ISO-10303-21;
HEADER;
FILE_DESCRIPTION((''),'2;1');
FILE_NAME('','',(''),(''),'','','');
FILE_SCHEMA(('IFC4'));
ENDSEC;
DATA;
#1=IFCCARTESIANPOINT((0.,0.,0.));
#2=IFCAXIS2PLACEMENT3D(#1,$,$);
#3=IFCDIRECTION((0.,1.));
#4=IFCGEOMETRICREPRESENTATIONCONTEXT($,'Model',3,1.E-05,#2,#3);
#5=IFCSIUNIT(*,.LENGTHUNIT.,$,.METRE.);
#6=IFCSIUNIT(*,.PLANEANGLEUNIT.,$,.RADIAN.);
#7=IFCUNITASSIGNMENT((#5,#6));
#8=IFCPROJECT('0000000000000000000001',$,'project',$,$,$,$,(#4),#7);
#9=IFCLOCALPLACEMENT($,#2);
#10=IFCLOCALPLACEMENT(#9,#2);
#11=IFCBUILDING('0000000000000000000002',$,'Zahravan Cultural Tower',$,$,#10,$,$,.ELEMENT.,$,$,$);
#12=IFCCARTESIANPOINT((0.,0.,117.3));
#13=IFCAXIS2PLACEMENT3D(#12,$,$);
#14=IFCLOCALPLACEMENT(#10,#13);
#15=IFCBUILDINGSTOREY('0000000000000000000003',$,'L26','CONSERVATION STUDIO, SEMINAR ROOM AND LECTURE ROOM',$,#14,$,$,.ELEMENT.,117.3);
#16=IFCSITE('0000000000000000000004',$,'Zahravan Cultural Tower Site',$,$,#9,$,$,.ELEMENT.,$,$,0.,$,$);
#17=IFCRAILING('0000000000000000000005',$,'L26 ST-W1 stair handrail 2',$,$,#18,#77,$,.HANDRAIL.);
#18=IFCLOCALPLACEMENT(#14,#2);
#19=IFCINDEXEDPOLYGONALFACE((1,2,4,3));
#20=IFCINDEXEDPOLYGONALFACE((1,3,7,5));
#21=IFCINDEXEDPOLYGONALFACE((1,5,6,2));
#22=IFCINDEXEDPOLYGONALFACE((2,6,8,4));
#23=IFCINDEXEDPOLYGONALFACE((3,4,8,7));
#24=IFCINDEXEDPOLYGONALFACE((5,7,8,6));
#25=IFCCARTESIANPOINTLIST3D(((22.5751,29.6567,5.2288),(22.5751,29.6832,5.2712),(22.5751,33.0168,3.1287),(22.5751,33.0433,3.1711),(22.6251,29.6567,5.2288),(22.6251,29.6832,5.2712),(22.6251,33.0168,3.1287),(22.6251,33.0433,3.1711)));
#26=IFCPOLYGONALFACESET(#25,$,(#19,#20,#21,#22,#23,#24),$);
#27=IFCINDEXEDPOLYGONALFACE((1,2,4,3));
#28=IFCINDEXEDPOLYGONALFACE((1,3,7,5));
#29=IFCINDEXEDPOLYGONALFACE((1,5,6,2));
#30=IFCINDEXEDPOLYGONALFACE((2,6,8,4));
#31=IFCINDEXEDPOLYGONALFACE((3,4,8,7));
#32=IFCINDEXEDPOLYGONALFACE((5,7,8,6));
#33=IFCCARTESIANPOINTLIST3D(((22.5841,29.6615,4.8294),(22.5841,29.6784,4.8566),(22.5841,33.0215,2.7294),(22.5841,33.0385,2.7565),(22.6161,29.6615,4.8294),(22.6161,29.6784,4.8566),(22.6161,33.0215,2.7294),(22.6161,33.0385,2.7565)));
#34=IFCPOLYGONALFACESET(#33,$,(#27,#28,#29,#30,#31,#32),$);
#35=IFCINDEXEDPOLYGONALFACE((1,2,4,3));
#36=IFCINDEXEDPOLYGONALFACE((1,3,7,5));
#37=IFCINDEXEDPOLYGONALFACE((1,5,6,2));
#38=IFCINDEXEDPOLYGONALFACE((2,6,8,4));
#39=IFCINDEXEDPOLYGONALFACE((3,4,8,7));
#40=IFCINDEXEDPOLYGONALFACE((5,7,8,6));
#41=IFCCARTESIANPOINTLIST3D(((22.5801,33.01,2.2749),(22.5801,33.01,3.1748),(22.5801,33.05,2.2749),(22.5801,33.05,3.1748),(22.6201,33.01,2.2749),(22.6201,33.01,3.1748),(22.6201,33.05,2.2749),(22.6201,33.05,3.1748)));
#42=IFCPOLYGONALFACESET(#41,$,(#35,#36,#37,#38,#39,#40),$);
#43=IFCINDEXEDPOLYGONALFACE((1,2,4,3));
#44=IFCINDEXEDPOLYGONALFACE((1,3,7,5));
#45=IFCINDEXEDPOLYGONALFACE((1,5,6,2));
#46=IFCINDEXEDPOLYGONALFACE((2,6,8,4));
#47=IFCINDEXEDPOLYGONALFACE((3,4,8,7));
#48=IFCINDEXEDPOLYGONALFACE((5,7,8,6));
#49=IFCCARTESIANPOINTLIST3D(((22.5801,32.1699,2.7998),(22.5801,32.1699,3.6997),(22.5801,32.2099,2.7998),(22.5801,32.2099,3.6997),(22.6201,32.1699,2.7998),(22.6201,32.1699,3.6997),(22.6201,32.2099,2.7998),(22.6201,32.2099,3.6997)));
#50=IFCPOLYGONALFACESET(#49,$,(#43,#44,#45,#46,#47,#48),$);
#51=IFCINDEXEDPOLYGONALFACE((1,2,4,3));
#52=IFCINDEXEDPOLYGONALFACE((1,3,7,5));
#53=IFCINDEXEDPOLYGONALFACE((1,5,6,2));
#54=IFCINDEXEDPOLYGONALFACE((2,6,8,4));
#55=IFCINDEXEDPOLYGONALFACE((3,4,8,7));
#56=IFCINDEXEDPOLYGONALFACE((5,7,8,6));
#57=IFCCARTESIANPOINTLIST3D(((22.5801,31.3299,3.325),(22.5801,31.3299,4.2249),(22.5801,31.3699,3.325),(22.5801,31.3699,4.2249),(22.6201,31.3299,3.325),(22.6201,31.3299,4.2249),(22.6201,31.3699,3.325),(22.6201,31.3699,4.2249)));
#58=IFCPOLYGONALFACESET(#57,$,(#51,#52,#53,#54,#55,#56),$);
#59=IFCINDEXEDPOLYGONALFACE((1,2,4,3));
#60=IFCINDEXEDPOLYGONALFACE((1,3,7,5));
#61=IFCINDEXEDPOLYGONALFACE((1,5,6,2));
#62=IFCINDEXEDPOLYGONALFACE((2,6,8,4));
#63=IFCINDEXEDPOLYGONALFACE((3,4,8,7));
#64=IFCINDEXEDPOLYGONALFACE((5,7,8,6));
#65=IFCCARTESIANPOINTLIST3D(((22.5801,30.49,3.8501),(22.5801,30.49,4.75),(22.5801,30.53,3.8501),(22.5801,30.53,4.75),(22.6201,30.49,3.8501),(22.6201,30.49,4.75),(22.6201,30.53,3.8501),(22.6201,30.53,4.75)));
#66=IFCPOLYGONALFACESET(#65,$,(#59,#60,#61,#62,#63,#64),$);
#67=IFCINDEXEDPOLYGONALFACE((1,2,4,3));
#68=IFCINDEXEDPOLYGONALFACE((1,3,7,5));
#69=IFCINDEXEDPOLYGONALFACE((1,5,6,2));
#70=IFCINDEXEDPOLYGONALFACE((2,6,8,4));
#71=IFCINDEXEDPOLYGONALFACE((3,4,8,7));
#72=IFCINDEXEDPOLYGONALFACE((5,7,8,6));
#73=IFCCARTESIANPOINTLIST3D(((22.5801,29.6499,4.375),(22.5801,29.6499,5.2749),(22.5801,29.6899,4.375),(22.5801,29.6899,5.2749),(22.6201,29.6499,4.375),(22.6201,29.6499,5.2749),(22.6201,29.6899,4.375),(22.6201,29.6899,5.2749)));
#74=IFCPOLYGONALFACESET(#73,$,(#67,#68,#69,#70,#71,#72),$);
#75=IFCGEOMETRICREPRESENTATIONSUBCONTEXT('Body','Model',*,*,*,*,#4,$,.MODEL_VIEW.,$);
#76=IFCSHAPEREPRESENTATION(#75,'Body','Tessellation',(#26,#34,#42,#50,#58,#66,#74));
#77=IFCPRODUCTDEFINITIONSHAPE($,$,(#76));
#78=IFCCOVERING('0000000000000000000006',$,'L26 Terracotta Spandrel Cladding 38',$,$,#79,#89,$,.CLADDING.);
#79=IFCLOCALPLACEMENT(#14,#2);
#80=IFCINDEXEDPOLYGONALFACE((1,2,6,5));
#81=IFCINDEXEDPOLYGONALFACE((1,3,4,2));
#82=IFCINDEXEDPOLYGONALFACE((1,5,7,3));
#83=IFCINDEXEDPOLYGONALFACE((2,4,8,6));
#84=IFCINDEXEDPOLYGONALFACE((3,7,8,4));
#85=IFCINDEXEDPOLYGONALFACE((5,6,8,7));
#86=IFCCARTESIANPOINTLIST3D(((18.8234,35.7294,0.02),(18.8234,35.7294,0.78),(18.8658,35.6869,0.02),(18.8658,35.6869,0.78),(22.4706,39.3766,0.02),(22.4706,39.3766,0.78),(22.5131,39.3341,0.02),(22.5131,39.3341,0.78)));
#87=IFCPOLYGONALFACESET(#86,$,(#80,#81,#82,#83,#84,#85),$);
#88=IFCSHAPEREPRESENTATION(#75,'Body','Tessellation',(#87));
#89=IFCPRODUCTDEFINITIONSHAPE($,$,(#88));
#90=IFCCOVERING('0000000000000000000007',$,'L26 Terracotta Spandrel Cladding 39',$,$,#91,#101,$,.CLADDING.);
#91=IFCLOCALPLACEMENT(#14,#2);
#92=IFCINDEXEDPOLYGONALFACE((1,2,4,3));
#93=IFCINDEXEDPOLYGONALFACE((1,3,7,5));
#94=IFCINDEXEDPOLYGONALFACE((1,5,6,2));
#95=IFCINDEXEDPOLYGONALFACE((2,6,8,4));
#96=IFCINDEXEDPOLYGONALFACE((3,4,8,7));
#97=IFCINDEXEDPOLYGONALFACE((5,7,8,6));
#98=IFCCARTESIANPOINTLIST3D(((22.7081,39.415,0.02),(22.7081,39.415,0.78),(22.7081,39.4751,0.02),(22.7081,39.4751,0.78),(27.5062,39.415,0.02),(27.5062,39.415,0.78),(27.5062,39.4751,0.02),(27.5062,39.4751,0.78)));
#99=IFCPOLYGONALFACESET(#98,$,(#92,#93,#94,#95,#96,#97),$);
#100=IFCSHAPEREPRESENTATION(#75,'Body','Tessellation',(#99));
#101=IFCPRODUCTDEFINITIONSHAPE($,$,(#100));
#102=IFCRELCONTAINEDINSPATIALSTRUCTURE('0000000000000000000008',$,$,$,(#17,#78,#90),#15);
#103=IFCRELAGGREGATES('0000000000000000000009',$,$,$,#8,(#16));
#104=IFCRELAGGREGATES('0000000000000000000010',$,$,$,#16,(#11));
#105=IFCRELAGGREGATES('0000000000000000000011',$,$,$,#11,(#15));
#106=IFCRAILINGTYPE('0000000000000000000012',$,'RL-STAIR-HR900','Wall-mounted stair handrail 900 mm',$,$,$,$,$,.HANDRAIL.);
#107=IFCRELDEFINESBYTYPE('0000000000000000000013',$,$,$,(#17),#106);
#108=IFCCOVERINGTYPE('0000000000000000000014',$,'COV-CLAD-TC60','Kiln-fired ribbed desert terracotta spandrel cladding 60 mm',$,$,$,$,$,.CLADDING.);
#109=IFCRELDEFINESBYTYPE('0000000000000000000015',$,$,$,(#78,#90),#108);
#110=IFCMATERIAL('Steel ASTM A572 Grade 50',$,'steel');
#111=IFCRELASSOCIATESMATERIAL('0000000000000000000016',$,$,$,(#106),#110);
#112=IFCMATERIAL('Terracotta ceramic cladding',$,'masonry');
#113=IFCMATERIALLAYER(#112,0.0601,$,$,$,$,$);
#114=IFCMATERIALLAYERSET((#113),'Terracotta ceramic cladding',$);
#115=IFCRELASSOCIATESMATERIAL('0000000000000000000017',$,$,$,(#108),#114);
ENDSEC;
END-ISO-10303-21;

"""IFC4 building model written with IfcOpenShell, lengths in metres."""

from ifc_helpers import new_model, si_unit, direction, frame, origin, origin_2d, place, context, subcontext, project, spatial, rectangle, extrude, source, transform, mapped, material, layer, layer_set, type_object, element, save


model = new_model("IFC4")

# Units and contexts
model_context = context("Model", 3, precision=1e-05, world=origin(), true_north=direction((0.0, 1.0)))
body_context = subcontext(model_context, "Body", "Model", "MODEL_VIEW")
ifc_project = project(units=[si_unit("LENGTHUNIT", "METRE"), si_unit("PLANEANGLEUNIT", "RADIAN")], contexts=[model_context])

# Site, building, storey
site_placement = place(None, origin())
site = spatial("IfcSite", under=ifc_project, at=site_placement, Name="Zahravan Cultural Tower Site", CompositionType="ELEMENT", RefElevation=0.0)
building_placement = place(site_placement, origin())
building = spatial("IfcBuilding", under=site, at=building_placement, Name="Zahravan Cultural Tower", CompositionType="ELEMENT")
storey_placement = place(building_placement, frame((0.0, 0.0, 117.3)))
storey = spatial("IfcBuildingStorey", under=building, at=storey_placement, Name="L26", Description="CONSERVATION STUDIO, SEMINAR ROOM AND LECTURE ROOM", CompositionType="ELEMENT", Elevation=117.3)

# Railing
ifc_material_1 = material(Name="Steel ASTM A572 Grade 50", Category="steel")
railing_type_1 = type_object("IfcRailingType", Name="RL-STAIR-HR900", Description="Wall-mounted stair handrail 900 mm", PredefinedType="HANDRAIL", material=ifc_material_1)
railing_1_placement = place(storey_placement, frame((22.6001, 33.03, 2.2749)))
element("IfcRailing", 1, at=railing_1_placement, inside=storey, type_object=railing_type_1, Name="L26 ST-W1 stair handrail 2", PredefinedType="HANDRAIL", context=body_context, shape_type="SweptSolid", body=[
    extrude(rectangle(XDim=0.05, YDim=0.05, at=origin_2d()), frame((0.0, 0.0, 0.875), z_axis=(0.0, -0.847995, 0.530004), x_axis=(1.0, 0.0, 0.0)), (0.0, 0.0, 1.0), 3.9624),
    extrude(rectangle(XDim=0.032, YDim=0.032, at=origin_2d()), frame((0.0, 0.0, 0.468), z_axis=(0.0, -0.847995, 0.530004), x_axis=(1.0, 0.0, 0.0)), (0.0, 0.0, 1.0), 3.9624),
    extrude(rectangle(XDim=0.04, YDim=0.04, at=origin_2d()), origin(), (0.0, 0.0, 1.0), 0.8999),
    extrude(rectangle(XDim=0.04, YDim=0.04, at=origin_2d()), frame((0.0, -0.8401, 0.5249)), (0.0, 0.0, 1.0), 0.8999),
    extrude(rectangle(XDim=0.04, YDim=0.04, at=origin_2d()), frame((0.0, -1.6802, 1.05)), (0.0, 0.0, 1.0), 0.8999),
    extrude(rectangle(XDim=0.04, YDim=0.04, at=origin_2d()), frame((0.0, -2.52, 1.5752)), (0.0, 0.0, 1.0), 0.8999),
    extrude(rectangle(XDim=0.04, YDim=0.04, at=origin_2d()), frame((0.0, -3.3601, 2.1001)), (0.0, 0.0, 1.0), 0.8999),
])

# Coverings
ifc_material_2 = material(Name="Terracotta ceramic cladding", Category="masonry")
ifc_layer_1 = layer(ifc_material_2, 0.0601)
ifc_layer_set_1 = layer_set([ifc_layer_1], Name="Terracotta ceramic cladding")
covering_type = type_object("IfcCoveringType", Name="COV-CLAD-TC60", Description="Kiln-fired ribbed desert terracotta spandrel cladding 60 mm", PredefinedType="CLADDING", material=ifc_layer_set_1)
shared_shape_1 = source(origin(), body_context, "Body", "SweptSolid", [
    extrude(rectangle(XDim=5.158, YDim=0.0601, at=origin_2d()), origin(), (0.0, 0.0, 1.0), 0.76),
])
covering_1_placement = place(storey_placement, frame((20.6682, 37.5317, 0.02), z_axis=(0.0, 0.0, 1.0), x_axis=(0.707107, 0.707107, 0.0)))
element("IfcCovering", 2, at=covering_1_placement, inside=storey, type_object=covering_type, Name="L26 Terracotta Spandrel Cladding 38", PredefinedType="CLADDING", context=body_context, shape_type="MappedRepresentation", body=[
    mapped(shared_shape_1, transform((0.0, 0.0, 0.0), x_axis=(1.0, 0.0, 0.0), y_axis=(0.0, 1.0, 0.0), z_axis=(0.0, 0.0, 1.0), scale=1.0)),
])
shared_shape_2 = source(origin(), body_context, "Body", "SweptSolid", [
    extrude(rectangle(XDim=4.7981, YDim=0.0601, at=origin_2d()), origin(), (0.0, 0.0, 1.0), 0.76),
])
covering_2_placement = place(storey_placement, frame((25.1072, 39.4451, 0.02), z_axis=(0.0, 0.0, 1.0), x_axis=(1.0, 0.0, 0.0)))
element("IfcCovering", 3, at=covering_2_placement, inside=storey, type_object=covering_type, Name="L26 Terracotta Spandrel Cladding 39", PredefinedType="CLADDING", context=body_context, shape_type="MappedRepresentation", body=[
    mapped(shared_shape_2, transform((0.0, 0.0, 0.0), x_axis=(1.0, 0.0, 0.0), y_axis=(0.0, 1.0, 0.0), z_axis=(0.0, 0.0, 1.0), scale=1.0)),
])

save(model, "model.ifc")
